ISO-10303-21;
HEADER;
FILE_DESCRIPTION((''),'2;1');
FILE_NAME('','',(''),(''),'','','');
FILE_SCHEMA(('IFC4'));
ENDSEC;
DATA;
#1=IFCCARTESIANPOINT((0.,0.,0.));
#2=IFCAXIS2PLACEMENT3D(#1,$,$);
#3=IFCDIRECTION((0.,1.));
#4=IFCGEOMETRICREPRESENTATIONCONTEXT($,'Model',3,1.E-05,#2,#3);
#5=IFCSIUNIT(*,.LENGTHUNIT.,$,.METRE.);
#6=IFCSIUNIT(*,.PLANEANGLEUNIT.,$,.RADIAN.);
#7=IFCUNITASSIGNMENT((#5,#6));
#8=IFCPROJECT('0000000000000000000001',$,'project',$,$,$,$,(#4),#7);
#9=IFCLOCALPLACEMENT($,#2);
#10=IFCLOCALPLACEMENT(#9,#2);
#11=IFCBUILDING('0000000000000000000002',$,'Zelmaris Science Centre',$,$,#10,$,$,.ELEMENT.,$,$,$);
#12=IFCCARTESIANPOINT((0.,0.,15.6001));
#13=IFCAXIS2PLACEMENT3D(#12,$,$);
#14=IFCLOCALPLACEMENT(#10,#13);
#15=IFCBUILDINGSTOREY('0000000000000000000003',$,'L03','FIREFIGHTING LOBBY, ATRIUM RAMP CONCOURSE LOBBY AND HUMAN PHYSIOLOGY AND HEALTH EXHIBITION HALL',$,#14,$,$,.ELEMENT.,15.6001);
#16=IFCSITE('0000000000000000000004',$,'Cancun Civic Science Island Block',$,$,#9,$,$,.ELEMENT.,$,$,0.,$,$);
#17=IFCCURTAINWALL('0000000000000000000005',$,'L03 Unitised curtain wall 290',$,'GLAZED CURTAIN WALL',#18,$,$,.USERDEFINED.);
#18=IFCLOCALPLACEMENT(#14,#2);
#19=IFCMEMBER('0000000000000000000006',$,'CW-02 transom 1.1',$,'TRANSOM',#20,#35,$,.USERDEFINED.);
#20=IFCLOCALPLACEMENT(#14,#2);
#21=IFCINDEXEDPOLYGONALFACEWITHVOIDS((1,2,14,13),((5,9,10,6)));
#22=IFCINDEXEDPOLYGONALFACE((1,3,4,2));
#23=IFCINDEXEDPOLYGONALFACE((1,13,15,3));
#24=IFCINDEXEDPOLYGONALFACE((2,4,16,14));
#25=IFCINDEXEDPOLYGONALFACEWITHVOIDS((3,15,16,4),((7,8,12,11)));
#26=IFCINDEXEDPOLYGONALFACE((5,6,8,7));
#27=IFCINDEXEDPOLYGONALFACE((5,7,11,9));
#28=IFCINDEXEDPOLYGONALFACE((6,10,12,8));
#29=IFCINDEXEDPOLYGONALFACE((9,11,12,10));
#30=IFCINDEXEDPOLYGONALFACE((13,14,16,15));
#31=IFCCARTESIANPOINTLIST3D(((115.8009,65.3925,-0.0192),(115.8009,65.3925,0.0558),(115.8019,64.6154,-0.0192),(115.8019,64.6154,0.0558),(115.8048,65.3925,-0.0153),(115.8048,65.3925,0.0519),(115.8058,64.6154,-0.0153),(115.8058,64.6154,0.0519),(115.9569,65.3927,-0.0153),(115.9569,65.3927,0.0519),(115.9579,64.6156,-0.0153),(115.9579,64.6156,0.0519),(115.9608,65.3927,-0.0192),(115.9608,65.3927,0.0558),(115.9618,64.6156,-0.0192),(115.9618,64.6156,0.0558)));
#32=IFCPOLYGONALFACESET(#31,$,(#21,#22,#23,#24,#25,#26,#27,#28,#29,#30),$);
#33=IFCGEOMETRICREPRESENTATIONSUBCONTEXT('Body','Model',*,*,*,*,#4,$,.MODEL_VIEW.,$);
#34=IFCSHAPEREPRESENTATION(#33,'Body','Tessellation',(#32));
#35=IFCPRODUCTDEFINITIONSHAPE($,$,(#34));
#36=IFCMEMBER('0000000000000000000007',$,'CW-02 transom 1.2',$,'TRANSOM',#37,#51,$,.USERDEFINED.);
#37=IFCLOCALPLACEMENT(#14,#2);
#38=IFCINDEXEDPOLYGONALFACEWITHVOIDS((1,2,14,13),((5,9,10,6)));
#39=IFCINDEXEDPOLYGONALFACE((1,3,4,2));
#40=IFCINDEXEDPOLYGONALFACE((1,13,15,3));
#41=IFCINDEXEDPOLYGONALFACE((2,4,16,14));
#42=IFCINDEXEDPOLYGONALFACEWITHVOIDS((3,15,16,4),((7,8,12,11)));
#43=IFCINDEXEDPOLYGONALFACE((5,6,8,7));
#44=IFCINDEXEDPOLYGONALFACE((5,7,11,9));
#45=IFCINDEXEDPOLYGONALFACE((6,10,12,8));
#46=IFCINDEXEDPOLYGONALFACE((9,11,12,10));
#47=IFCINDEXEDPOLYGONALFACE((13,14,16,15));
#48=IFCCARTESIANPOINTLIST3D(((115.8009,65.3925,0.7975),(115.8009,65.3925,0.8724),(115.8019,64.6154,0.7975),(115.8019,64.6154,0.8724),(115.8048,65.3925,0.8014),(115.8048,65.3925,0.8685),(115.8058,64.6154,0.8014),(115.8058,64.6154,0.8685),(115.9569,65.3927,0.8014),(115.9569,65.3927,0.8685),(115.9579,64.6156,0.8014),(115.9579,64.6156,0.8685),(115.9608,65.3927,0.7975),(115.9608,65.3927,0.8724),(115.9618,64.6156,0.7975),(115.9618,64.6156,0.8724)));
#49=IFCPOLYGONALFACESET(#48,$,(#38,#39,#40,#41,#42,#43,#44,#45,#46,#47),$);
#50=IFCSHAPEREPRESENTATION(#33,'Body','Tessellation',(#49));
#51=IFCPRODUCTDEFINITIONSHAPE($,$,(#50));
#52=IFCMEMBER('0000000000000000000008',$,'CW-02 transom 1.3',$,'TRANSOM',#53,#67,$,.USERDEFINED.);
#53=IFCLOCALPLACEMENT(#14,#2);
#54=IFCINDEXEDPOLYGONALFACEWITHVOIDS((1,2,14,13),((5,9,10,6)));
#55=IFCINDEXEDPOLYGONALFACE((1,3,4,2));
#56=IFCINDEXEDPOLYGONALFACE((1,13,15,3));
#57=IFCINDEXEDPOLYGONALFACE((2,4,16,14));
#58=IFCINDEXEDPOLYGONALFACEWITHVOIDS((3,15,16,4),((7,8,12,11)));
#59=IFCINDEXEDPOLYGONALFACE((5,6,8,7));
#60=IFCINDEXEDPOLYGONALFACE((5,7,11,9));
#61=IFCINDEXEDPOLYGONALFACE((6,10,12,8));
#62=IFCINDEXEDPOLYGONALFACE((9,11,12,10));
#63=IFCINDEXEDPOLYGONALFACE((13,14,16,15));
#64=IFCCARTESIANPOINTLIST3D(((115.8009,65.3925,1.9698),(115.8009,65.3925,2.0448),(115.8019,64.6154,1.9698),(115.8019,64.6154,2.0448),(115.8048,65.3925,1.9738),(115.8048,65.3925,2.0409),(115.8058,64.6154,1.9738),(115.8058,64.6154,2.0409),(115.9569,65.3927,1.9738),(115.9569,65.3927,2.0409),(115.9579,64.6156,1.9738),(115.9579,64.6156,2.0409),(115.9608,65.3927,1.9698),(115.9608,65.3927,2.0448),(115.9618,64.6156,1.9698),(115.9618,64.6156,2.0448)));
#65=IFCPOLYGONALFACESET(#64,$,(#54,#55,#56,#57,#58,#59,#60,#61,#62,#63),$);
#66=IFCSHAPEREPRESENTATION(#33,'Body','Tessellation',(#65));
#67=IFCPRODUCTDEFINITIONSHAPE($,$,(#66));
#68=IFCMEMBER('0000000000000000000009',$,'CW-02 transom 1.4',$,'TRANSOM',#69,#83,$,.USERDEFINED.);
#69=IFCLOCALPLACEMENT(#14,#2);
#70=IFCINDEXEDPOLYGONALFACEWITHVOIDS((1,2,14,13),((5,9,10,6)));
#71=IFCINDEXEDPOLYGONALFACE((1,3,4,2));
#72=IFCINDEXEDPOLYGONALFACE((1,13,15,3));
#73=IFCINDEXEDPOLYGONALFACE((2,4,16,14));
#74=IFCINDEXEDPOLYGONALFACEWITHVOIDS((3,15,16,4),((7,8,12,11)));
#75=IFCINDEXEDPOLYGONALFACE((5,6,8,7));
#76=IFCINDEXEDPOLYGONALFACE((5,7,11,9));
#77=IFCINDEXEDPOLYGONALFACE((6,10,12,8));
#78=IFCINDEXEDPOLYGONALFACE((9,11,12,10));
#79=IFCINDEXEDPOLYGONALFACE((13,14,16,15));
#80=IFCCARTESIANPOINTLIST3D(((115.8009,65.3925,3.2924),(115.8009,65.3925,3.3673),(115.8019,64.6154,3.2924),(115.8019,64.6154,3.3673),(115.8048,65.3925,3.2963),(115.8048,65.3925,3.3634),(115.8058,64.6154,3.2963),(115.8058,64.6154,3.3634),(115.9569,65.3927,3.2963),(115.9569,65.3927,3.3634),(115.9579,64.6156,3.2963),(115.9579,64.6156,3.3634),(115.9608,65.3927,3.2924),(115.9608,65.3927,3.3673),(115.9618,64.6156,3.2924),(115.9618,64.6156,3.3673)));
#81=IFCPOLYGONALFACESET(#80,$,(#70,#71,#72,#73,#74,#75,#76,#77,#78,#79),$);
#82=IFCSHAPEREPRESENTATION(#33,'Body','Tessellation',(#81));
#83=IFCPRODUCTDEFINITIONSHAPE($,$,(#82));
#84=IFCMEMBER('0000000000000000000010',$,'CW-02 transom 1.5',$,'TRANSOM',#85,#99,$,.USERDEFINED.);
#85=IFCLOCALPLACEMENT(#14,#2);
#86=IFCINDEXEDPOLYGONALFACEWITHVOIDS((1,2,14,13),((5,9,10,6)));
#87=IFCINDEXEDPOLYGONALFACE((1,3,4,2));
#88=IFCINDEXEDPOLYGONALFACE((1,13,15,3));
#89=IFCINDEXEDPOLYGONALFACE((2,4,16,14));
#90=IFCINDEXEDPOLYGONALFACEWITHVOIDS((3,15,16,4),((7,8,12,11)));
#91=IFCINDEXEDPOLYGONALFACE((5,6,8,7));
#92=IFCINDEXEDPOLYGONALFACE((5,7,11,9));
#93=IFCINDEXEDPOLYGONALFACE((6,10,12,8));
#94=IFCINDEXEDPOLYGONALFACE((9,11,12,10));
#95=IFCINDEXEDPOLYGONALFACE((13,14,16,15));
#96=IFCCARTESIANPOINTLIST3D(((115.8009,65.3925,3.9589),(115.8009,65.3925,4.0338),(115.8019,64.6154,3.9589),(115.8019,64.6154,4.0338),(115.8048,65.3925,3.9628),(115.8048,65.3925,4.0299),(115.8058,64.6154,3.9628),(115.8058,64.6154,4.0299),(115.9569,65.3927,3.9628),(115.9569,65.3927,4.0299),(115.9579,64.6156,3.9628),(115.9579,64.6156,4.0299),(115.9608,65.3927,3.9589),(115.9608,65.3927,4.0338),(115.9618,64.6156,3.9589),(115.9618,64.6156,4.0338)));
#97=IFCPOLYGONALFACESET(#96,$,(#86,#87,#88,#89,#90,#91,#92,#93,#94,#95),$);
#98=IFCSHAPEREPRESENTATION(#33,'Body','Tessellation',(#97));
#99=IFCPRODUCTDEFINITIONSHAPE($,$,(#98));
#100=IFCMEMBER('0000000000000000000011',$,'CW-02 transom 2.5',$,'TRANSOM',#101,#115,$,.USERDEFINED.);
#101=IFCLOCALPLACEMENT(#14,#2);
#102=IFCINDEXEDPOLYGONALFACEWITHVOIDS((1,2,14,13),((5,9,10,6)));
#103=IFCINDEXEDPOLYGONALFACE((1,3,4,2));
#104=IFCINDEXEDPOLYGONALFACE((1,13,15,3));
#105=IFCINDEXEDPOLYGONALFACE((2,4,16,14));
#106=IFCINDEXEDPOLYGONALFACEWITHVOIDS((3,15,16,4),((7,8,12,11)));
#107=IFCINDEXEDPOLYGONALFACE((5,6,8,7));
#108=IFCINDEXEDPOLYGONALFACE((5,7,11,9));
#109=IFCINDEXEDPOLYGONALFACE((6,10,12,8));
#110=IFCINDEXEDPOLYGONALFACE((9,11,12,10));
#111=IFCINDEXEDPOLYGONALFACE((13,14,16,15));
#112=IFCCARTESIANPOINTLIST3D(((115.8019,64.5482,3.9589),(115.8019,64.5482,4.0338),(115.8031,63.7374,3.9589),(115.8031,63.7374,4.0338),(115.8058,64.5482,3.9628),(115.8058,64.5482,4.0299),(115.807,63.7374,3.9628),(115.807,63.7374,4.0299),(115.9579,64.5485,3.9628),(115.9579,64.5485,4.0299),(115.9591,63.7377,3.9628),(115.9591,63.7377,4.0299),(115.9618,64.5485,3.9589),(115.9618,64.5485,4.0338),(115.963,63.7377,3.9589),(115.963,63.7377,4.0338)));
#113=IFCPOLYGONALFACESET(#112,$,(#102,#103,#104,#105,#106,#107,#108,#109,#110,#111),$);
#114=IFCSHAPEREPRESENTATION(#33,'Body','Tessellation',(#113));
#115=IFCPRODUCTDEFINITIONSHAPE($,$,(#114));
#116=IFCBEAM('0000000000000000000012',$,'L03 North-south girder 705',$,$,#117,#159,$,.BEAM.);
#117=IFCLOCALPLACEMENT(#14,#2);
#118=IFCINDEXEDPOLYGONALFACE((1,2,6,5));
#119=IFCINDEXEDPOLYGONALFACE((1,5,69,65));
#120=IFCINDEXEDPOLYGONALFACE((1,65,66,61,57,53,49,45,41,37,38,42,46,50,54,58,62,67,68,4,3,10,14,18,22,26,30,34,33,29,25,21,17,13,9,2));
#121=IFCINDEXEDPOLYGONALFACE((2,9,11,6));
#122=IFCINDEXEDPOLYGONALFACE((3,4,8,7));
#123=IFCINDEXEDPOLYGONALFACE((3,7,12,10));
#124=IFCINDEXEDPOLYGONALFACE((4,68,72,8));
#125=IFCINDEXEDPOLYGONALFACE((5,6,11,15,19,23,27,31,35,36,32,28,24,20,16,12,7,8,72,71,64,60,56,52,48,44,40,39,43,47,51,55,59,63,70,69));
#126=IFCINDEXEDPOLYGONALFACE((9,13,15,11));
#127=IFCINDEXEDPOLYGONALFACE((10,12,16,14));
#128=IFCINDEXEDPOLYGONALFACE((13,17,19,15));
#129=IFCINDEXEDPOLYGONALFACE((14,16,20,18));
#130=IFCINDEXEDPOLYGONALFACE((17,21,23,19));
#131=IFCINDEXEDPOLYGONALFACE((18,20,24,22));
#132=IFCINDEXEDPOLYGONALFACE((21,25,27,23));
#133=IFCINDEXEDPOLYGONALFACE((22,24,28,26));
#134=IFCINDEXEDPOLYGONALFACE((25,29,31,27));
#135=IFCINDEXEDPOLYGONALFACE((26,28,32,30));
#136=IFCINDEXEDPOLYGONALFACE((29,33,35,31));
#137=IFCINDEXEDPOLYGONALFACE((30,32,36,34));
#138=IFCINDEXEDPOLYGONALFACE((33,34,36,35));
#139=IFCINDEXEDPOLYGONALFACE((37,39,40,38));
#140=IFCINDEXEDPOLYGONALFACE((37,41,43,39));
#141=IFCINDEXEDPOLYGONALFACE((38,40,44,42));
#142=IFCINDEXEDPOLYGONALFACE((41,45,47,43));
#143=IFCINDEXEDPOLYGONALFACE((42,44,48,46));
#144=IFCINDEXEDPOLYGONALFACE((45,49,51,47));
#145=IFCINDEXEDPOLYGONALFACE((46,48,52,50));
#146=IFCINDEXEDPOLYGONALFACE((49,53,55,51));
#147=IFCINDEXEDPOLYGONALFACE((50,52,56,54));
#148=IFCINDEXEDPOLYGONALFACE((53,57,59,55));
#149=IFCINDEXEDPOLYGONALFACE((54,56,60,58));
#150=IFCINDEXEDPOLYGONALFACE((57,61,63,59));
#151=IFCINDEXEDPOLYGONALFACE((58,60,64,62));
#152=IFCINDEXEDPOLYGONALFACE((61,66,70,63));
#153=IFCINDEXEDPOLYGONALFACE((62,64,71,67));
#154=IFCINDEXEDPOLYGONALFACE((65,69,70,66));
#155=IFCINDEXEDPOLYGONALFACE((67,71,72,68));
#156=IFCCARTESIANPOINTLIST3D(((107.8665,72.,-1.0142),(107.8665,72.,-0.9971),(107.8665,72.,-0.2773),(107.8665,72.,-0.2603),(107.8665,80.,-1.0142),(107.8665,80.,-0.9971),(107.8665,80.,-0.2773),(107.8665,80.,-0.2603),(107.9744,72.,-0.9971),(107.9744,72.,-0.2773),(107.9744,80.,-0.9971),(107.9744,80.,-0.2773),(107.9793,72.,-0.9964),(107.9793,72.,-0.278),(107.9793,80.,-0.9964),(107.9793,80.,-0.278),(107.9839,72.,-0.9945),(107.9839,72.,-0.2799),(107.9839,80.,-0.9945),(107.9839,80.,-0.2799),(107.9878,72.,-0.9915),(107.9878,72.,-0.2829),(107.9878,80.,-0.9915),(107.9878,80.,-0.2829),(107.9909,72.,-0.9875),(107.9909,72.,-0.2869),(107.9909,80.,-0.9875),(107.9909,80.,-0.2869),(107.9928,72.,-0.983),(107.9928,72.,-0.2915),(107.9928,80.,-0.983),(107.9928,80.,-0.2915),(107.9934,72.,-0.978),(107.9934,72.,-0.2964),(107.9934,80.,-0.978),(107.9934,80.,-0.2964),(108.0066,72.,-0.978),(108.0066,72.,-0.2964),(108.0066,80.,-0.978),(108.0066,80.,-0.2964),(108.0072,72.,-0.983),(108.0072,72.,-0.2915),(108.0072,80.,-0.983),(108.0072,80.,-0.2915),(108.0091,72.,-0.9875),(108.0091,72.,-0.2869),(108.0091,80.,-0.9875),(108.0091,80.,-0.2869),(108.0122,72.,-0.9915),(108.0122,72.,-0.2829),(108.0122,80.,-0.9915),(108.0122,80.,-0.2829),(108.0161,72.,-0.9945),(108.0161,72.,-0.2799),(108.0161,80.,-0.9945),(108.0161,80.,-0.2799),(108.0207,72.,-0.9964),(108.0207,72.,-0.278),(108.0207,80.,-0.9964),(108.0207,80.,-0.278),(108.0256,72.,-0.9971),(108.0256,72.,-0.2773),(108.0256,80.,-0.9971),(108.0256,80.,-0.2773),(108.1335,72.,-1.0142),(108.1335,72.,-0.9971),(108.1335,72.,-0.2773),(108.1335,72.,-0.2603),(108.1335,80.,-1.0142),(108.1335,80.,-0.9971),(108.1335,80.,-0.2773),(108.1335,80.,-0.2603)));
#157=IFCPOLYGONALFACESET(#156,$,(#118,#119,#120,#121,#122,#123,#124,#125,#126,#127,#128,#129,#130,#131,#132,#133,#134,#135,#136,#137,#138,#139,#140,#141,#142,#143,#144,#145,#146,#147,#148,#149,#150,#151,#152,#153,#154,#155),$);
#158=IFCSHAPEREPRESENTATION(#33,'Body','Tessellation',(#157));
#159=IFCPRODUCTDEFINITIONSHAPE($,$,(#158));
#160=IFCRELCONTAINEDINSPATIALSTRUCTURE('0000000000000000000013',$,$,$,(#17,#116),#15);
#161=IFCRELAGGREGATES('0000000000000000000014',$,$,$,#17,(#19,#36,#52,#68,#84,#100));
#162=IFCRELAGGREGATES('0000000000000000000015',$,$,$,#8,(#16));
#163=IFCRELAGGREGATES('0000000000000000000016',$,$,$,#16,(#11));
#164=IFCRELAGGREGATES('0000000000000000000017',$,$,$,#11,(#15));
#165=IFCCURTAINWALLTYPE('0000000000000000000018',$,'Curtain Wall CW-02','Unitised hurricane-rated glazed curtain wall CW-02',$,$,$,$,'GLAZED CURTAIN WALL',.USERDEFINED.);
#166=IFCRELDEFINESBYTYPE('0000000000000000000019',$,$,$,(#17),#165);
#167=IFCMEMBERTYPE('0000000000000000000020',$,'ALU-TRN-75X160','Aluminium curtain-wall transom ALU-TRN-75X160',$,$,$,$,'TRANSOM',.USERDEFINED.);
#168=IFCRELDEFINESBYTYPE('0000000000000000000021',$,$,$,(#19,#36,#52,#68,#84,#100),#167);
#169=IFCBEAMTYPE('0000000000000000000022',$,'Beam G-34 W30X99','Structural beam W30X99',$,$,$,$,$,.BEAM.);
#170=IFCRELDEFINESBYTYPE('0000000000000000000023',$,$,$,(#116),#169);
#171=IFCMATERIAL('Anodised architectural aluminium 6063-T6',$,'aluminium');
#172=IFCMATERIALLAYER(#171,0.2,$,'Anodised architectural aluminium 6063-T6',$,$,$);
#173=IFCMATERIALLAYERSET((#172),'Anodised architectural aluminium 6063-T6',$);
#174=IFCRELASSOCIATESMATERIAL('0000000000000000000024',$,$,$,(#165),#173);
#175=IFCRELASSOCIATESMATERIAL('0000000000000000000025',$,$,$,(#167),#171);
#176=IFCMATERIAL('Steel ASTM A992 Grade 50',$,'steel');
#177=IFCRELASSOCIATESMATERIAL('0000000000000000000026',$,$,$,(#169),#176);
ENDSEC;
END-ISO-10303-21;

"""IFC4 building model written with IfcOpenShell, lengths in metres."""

from ifc_helpers import new_model, si_unit, direction, frame, origin, origin_2d, place, context, subcontext, project, spatial, hollow_rectangle, i_section, extrude, material, layer, layer_set, material_profile, profile_set, type_object, element, aggregate, save


model = new_model("IFC4")

# Units and contexts
model_context = context("Model", 3, precision=1e-05, world=origin(), true_north=direction((0.0, 1.0)))
body_context = subcontext(model_context, "Body", "Model", "MODEL_VIEW")
ifc_project = project(units=[si_unit("LENGTHUNIT", "METRE"), si_unit("PLANEANGLEUNIT", "RADIAN")], contexts=[model_context])

# Site, building, storey
site_placement = place(None, origin())
site = spatial("IfcSite", under=ifc_project, at=site_placement, Name="Cancun Civic Science Island Block", CompositionType="ELEMENT", RefElevation=0.0)
building_placement = place(site_placement, origin())
building = spatial("IfcBuilding", under=site, at=building_placement, Name="Zelmaris Science Centre", CompositionType="ELEMENT")
storey_placement = place(building_placement, frame((0.0, 0.0, 15.6001)))
storey = spatial("IfcBuildingStorey", under=building, at=storey_placement, Name="L03", Description="FIREFIGHTING LOBBY, ATRIUM RAMP CONCOURSE LOBBY AND HUMAN PHYSIOLOGY AND HEALTH EXHIBITION HALL", CompositionType="ELEMENT", Elevation=15.6001)

# Shared definitions
ifc_material_1 = material(Name="Steel ASTM A992 Grade 50", Category="steel")

# Curtain wall, members
ifc_material_2 = material(Name="Anodised architectural aluminium 6063-T6", Category="aluminium")
ifc_layer_1 = layer(ifc_material_2, 0.2, Name="Anodised architectural aluminium 6063-T6")
ifc_layer_set_1 = layer_set([ifc_layer_1], Name="Anodised architectural aluminium 6063-T6")
curtain_wall_type = type_object("IfcCurtainWallType", Name="Curtain Wall CW-02", Description="Unitised hurricane-rated glazed curtain wall CW-02", ElementType="GLAZED CURTAIN WALL", PredefinedType="USERDEFINED", material=ifc_layer_set_1)
curtain_wall_placement = place(storey_placement, origin())
curtain_wall = element("IfcCurtainWall", 1, at=curtain_wall_placement, inside=storey, type_object=curtain_wall_type, Name="L03 Unitised curtain wall 290", ObjectType="GLAZED CURTAIN WALL", PredefinedType="USERDEFINED")
ifc_material_profile_1 = material_profile(ifc_material_2, hollow_rectangle(XDim=0.075, YDim=0.1599, WallThickness=0.0039, at=origin_2d()), Name="ALU-TRN-75X160")
ifc_profile_set_1 = profile_set([ifc_material_profile_1], Name="Anodised architectural aluminium 6063-T6")
member_type_1 = type_object("IfcMemberType", Name="ALU-TRN-75X160", Description="Aluminium curtain-wall transom ALU-TRN-75X160", ElementType="TRANSOM", PredefinedType="USERDEFINED", material=ifc_profile_set_1)
member_1_placement = place(storey_placement, frame((115.8809, 65.3926, 0.0183), z_axis=(0.001257, -0.999999, 0.0), x_axis=(0.0, 0.0, 1.0)))
member_1 = element("IfcMember", 2, at=member_1_placement, type_object=member_type_1, Name="CW-02 transom 1.1", ObjectType="TRANSOM", PredefinedType="USERDEFINED", context=body_context, shape_type="SweptSolid", body=[
    extrude(hollow_rectangle(XDim=0.075, YDim=0.1599, WallThickness=0.0039, at=origin_2d()), origin(), (0.0, 0.0, 1.0), 0.7771),
])
member_2_placement = place(storey_placement, frame((115.8809, 65.3926, 0.835), z_axis=(0.001257, -0.999999, 0.0), x_axis=(0.0, 0.0, 1.0)))
member_2 = element("IfcMember", 3, at=member_2_placement, type_object=member_type_1, Name="CW-02 transom 1.2", ObjectType="TRANSOM", PredefinedType="USERDEFINED", context=body_context, shape_type="SweptSolid", body=[
    extrude(hollow_rectangle(XDim=0.075, YDim=0.1599, WallThickness=0.0039, at=origin_2d()), origin(), (0.0, 0.0, 1.0), 0.7771),
])
member_3_placement = place(storey_placement, frame((115.8809, 65.3926, 2.0073), z_axis=(0.001257, -0.999999, 0.0), x_axis=(0.0, 0.0, 1.0)))
member_3 = element("IfcMember", 4, at=member_3_placement, type_object=member_type_1, Name="CW-02 transom 1.3", ObjectType="TRANSOM", PredefinedType="USERDEFINED", context=body_context, shape_type="SweptSolid", body=[
    extrude(hollow_rectangle(XDim=0.075, YDim=0.1599, WallThickness=0.0039, at=origin_2d()), origin(), (0.0, 0.0, 1.0), 0.7771),
])
member_4_placement = place(storey_placement, frame((115.8809, 65.3926, 3.3298), z_axis=(0.001257, -0.999999, 0.0), x_axis=(0.0, 0.0, 1.0)))
member_4 = element("IfcMember", 5, at=member_4_placement, type_object=member_type_1, Name="CW-02 transom 1.4", ObjectType="TRANSOM", PredefinedType="USERDEFINED", context=body_context, shape_type="SweptSolid", body=[
    extrude(hollow_rectangle(XDim=0.075, YDim=0.1599, WallThickness=0.0039, at=origin_2d()), origin(), (0.0, 0.0, 1.0), 0.7771),
])
member_5_placement = place(storey_placement, frame((115.8809, 65.3926, 3.9963), z_axis=(0.001257, -0.999999, 0.0), x_axis=(0.0, 0.0, 1.0)))
member_5 = element("IfcMember", 6, at=member_5_placement, type_object=member_type_1, Name="CW-02 transom 1.5", ObjectType="TRANSOM", PredefinedType="USERDEFINED", context=body_context, shape_type="SweptSolid", body=[
    extrude(hollow_rectangle(XDim=0.075, YDim=0.1599, WallThickness=0.0039, at=origin_2d()), origin(), (0.0, 0.0, 1.0), 0.7771),
])
member_6_placement = place(storey_placement, frame((115.8818, 64.5483, 3.9963), z_axis=(0.001506, -0.999999, 0.0), x_axis=(0.0, 0.0, 1.0)))
member_6 = element("IfcMember", 7, at=member_6_placement, type_object=member_type_1, Name="CW-02 transom 2.5", ObjectType="TRANSOM", PredefinedType="USERDEFINED", context=body_context, shape_type="SweptSolid", body=[
    extrude(hollow_rectangle(XDim=0.075, YDim=0.1599, WallThickness=0.0039, at=origin_2d()), origin(), (0.0, 0.0, 1.0), 0.8108),
])

# Beam
ifc_material_profile_2 = material_profile(ifc_material_1, i_section(OverallWidth=0.2671, OverallDepth=0.7539, WebThickness=0.0132, FlangeThickness=0.0171, FilletRadius=0.019, at=origin_2d()), Name="W30X99")
ifc_profile_set_2 = profile_set([ifc_material_profile_2], Name="Steel ASTM A992 Grade 50")
beam_type_1 = type_object("IfcBeamType", Name="Beam G-34 W30X99", Description="Structural beam W30X99", PredefinedType="BEAM", material=ifc_profile_set_2)
beam_1_placement = place(storey_placement, frame((108.0, 72.0, -0.6372), z_axis=(0.0, 1.0, 0.0), x_axis=(-1.0, 0.0, 0.0)))
element("IfcBeam", 8, at=beam_1_placement, inside=storey, type_object=beam_type_1, Name="L03 North-south girder 705", PredefinedType="BEAM", context=body_context, shape_type="SweptSolid", body=[
    extrude(i_section(OverallWidth=0.2671, OverallDepth=0.7539, WebThickness=0.0132, FlangeThickness=0.0171, FilletRadius=0.019, at=origin_2d()), origin(), (0.0, 0.0, 1.0), 8.0),
])

aggregate(curtain_wall, [member_1, member_2, member_3, member_4, member_5, member_6])

save(model, "model.ifc")
